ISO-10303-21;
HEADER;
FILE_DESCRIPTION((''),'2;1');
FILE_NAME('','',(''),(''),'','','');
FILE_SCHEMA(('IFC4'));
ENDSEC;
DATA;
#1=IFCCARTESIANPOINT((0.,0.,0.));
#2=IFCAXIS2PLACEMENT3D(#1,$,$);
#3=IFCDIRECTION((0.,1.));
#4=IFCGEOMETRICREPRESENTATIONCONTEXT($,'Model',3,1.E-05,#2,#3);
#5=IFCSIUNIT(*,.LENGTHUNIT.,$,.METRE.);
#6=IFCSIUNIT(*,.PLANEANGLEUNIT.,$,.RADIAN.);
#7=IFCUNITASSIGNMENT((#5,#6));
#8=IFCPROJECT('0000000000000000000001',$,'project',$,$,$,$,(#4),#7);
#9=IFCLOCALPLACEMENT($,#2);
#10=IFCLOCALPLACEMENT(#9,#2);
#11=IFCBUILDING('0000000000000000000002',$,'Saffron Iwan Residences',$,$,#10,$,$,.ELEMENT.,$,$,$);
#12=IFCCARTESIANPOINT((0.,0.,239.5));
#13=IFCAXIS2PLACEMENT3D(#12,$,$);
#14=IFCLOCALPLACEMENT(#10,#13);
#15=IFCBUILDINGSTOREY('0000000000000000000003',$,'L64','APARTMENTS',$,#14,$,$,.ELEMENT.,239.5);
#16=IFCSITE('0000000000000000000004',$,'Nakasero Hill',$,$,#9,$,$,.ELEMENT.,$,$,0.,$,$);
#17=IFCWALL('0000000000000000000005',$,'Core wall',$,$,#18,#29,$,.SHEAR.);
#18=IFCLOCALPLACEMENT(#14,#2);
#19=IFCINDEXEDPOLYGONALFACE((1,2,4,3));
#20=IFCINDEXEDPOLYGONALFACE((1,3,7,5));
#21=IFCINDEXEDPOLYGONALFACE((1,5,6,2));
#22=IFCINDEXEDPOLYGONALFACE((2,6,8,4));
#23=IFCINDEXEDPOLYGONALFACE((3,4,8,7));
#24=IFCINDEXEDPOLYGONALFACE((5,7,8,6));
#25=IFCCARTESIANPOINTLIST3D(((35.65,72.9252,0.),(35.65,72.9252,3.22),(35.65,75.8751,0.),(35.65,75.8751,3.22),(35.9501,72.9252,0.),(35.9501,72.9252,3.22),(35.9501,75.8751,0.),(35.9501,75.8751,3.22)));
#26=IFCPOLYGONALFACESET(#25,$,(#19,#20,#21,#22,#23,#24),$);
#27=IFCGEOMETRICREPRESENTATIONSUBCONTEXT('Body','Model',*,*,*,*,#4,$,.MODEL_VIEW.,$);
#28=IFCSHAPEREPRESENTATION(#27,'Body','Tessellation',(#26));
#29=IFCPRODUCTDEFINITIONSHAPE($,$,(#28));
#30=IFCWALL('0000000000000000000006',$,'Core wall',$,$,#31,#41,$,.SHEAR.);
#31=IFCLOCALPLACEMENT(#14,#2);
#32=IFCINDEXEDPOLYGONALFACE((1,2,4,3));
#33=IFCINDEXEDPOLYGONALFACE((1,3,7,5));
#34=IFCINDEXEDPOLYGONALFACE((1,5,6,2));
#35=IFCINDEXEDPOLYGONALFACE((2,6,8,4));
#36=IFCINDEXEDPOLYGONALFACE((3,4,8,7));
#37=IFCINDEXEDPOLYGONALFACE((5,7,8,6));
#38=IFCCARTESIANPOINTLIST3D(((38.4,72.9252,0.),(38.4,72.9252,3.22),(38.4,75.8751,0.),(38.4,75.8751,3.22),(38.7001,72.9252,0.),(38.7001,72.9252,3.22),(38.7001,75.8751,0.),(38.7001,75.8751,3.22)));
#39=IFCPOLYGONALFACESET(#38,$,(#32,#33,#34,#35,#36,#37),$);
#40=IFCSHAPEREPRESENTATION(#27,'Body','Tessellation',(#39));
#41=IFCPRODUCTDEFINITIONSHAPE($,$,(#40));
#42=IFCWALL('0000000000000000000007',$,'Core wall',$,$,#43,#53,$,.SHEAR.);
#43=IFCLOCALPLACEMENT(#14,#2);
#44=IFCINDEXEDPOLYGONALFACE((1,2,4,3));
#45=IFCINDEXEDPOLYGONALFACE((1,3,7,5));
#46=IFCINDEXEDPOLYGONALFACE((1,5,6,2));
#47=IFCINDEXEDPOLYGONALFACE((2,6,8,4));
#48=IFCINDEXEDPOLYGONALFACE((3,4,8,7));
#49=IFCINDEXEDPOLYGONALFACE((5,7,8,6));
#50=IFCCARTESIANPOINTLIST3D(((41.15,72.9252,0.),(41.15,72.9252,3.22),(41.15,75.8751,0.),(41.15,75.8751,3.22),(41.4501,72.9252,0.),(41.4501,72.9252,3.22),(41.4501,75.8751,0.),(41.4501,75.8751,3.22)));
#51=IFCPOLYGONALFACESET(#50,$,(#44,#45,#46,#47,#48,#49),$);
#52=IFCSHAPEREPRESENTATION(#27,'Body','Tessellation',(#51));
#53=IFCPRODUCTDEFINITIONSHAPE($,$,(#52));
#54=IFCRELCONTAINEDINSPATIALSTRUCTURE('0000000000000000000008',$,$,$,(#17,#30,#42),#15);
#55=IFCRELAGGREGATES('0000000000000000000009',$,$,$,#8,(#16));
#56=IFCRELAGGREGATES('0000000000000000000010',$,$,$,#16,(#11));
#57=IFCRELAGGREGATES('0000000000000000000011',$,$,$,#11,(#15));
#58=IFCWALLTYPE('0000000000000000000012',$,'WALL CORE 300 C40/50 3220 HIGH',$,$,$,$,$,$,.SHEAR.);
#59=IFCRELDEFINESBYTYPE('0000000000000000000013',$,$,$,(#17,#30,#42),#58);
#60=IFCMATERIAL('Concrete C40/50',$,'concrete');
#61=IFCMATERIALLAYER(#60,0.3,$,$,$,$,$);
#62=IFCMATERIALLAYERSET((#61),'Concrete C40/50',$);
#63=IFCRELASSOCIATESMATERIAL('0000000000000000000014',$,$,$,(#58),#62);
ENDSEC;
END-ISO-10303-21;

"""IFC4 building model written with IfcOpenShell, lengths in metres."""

from ifc_helpers import new_model, si_unit, direction, frame, frame_2d, origin, place, context, subcontext, project, spatial, rectangle, extrude, material, layer, layer_set, type_object, element, save


model = new_model("IFC4")

# Units and contexts
model_context = context("Model", 3, precision=1e-05, world=origin(), true_north=direction((0.0, 1.0)))
body_context = subcontext(model_context, "Body", "Model", "MODEL_VIEW")
ifc_project = project(units=[si_unit("LENGTHUNIT", "METRE"), si_unit("PLANEANGLEUNIT", "RADIAN")], contexts=[model_context])

# Site, building, storey
site_placement = place(None, origin())
site = spatial("IfcSite", under=ifc_project, at=site_placement, Name="Nakasero Hill", CompositionType="ELEMENT", RefElevation=0.0)
building_placement = place(site_placement, origin())
building = spatial("IfcBuilding", under=site, at=building_placement, Name="Saffron Iwan Residences", CompositionType="ELEMENT")
storey_placement = place(building_placement, frame((0.0, 0.0, 239.5)))
storey = spatial("IfcBuildingStorey", under=building, at=storey_placement, Name="L64", Description="APARTMENTS", CompositionType="ELEMENT", Elevation=239.5)

# Walls
ifc_material = material(Name="Concrete C40/50", Category="concrete")
ifc_layer = layer(ifc_material, 0.3)
ifc_layer_set = layer_set([ifc_layer], Name="Concrete C40/50")
wall_type = type_object("IfcWallType", Name="WALL CORE 300 C40/50 3220 HIGH", PredefinedType="SHEAR", material=ifc_layer_set)
for number, where, z_axis, x_axis, name in (
    (1, (35.8, 72.925, 0.0), (0.0, 0.0, 1.0), (0.0, 1.0, 0.0), "Core wall"),
    (2, (38.55, 72.925, 0.0), (0.0, 0.0, 1.0), (0.0, 1.0, 0.0), "Core wall"),
    (3, (41.3, 72.925, 0.0), (0.0, 0.0, 1.0), (0.0, 1.0, 0.0), "Core wall"),
):
    element("IfcWall", number, at=place(storey_placement, frame(where, z_axis=z_axis, x_axis=x_axis)), inside=storey, type_object=wall_type, Name=name, PredefinedType="SHEAR", context=body_context, shape_type="SweptSolid", body=[
        extrude(rectangle(XDim=2.95, YDim=0.3, at=frame_2d((1.4751, 0.0))), origin(), (0.0, 0.0, 1.0), 3.22),
    ])

save(model, "model.ifc")
